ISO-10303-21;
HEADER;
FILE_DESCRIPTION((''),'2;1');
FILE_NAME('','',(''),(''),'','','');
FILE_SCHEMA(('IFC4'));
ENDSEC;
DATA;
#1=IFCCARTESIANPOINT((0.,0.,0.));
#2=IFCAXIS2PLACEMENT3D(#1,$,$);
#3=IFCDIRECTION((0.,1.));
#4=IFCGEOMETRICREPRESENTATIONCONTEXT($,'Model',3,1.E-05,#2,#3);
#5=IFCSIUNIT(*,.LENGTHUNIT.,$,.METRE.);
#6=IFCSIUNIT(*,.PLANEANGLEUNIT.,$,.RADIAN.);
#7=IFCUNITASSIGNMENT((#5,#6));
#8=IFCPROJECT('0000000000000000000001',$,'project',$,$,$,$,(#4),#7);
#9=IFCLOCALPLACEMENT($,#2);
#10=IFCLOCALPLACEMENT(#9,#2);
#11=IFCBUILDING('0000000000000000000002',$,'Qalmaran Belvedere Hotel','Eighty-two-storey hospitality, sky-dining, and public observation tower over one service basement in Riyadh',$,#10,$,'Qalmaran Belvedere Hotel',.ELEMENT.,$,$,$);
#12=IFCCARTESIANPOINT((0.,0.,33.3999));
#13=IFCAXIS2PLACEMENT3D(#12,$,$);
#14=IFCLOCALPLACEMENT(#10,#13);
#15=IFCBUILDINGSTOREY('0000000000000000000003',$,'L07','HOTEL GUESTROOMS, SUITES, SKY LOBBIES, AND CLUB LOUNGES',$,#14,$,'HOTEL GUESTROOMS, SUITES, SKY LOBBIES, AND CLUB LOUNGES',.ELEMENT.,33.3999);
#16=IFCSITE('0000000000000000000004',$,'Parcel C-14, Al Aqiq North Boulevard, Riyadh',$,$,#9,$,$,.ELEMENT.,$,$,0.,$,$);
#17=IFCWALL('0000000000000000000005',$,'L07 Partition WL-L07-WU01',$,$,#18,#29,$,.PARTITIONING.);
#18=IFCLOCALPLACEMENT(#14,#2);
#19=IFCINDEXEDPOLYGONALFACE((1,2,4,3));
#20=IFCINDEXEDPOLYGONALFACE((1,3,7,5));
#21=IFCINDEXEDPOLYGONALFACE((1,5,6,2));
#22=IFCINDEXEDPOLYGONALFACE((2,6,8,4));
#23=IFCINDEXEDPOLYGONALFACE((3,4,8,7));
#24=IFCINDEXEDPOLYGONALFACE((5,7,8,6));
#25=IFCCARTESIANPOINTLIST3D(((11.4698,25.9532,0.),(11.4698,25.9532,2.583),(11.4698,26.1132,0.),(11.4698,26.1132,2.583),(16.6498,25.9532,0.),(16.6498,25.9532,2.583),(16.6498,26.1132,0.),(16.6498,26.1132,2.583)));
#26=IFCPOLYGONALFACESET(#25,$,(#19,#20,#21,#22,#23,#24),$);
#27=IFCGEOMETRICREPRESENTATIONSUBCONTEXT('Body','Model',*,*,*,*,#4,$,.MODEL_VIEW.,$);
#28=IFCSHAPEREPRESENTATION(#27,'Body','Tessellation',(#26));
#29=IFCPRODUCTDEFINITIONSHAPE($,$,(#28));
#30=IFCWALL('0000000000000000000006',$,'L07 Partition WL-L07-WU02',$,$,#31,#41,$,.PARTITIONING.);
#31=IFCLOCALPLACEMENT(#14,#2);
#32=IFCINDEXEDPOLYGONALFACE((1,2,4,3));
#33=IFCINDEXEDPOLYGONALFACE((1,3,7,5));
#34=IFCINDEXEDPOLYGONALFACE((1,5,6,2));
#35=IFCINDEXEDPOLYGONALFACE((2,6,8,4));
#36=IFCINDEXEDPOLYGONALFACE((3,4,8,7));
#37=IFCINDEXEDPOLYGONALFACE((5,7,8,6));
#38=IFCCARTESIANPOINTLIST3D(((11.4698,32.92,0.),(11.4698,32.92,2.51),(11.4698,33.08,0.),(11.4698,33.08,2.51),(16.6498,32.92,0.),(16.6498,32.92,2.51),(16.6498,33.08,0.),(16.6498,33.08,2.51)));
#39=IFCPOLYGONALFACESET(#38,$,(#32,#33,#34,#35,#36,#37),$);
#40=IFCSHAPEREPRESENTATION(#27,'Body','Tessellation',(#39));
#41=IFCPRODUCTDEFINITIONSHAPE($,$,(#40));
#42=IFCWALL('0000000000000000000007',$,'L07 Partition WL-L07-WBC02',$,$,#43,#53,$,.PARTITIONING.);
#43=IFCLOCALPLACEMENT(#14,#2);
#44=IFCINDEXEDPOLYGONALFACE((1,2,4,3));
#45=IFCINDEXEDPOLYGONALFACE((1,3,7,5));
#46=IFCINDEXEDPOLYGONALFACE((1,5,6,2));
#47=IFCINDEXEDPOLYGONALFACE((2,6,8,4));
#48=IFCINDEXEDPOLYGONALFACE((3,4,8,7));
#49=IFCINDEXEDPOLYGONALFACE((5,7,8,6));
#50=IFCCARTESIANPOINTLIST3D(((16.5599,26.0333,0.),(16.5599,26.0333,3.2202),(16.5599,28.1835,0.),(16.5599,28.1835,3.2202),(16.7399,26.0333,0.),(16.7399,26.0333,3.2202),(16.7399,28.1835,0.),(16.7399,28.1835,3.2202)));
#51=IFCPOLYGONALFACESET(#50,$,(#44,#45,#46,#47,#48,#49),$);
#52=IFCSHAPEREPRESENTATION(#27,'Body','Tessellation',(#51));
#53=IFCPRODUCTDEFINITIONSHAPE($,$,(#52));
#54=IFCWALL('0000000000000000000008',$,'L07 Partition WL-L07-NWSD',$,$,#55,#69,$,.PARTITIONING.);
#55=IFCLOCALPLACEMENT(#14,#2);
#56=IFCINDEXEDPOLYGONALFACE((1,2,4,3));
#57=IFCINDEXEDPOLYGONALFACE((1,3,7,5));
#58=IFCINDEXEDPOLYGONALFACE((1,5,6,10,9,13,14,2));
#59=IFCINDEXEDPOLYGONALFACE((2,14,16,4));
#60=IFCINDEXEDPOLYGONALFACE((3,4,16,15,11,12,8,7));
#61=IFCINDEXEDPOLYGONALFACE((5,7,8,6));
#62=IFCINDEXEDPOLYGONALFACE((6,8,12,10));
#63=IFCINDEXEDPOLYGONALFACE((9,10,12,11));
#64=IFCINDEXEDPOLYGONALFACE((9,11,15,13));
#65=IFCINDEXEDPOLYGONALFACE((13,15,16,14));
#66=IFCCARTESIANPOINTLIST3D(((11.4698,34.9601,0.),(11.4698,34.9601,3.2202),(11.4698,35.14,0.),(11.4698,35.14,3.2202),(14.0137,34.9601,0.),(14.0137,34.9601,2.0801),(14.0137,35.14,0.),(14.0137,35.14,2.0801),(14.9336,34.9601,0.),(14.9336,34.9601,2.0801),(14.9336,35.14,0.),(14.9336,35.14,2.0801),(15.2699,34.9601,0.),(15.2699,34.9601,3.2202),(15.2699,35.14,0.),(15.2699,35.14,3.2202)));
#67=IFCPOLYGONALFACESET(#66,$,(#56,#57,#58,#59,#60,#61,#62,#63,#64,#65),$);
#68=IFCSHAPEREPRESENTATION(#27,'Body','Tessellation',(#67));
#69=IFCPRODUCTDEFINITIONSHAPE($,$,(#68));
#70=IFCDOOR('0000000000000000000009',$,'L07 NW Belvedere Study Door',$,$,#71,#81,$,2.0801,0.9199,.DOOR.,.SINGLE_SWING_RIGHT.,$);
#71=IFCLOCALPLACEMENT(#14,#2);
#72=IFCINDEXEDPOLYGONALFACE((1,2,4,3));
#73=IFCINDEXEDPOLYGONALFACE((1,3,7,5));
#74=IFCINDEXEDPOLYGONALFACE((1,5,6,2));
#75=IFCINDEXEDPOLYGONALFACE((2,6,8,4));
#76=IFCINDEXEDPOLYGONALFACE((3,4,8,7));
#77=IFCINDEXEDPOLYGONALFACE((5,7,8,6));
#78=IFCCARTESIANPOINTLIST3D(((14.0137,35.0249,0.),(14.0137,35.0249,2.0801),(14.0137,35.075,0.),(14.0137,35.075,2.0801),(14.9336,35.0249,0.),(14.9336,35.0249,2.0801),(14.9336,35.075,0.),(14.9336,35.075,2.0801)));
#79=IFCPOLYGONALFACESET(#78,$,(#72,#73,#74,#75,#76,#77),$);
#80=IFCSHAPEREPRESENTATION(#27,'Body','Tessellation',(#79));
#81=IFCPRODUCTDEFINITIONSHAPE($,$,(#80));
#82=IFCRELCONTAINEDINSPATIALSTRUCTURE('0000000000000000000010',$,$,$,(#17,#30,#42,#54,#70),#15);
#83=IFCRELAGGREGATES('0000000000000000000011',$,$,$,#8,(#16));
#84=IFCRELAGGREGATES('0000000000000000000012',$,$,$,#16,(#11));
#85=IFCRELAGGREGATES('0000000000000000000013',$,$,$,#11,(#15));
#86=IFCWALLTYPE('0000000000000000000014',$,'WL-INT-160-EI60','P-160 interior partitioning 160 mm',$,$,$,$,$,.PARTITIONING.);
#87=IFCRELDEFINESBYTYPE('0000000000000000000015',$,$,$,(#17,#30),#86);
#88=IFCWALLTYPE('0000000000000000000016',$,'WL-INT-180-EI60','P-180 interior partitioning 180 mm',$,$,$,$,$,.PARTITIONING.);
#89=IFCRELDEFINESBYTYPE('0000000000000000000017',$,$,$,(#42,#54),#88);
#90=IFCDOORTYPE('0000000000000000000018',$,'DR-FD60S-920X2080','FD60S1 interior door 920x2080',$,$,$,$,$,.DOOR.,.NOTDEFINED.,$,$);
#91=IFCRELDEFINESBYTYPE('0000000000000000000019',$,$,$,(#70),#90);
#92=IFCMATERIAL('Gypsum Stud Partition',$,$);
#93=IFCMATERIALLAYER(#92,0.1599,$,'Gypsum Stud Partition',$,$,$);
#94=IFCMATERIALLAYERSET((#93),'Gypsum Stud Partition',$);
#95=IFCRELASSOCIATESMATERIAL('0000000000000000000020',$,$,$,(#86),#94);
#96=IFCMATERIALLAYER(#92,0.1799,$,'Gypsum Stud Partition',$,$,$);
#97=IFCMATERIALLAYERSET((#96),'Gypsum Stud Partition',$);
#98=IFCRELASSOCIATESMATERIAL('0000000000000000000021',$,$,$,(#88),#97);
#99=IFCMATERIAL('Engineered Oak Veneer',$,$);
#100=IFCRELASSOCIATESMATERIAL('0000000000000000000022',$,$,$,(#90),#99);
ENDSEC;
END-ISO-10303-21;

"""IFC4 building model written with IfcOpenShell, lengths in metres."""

from ifc_helpers import new_model, si_unit, direction, frame, frame_2d, origin, place, context, subcontext, project, spatial, rectangle, extrude, material, layer, layer_set, type_object, element, fill, save


model = new_model("IFC4")

# Units and contexts
model_context = context("Model", 3, precision=1e-05, world=origin(), true_north=direction((0.0, 1.0)))
body_context = subcontext(model_context, "Body", "Model", "MODEL_VIEW")
ifc_project = project(units=[si_unit("LENGTHUNIT", "METRE"), si_unit("PLANEANGLEUNIT", "RADIAN")], contexts=[model_context])

# Site, building, storey
site_placement = place(None, origin())
site = spatial("IfcSite", under=ifc_project, at=site_placement, Name="Parcel C-14, Al Aqiq North Boulevard, Riyadh", CompositionType="ELEMENT", RefElevation=0.0)
building_placement = place(site_placement, origin())
building = spatial("IfcBuilding", under=site, at=building_placement, Name="Qalmaran Belvedere Hotel", Description="Eighty-two-storey hospitality, sky-dining, and public observation tower over one service basement in Riyadh", LongName="Qalmaran Belvedere Hotel", CompositionType="ELEMENT")
storey_placement = place(building_placement, frame((0.0, 0.0, 33.3999)))
storey = spatial("IfcBuildingStorey", under=building, at=storey_placement, Name="L07", Description="HOTEL GUESTROOMS, SUITES, SKY LOBBIES, AND CLUB LOUNGES", LongName="HOTEL GUESTROOMS, SUITES, SKY LOBBIES, AND CLUB LOUNGES", CompositionType="ELEMENT", Elevation=33.3999)

# Shared definitions
ifc_material_1 = material(Name="Engineered Oak Veneer")

# Shared definitions
ifc_material_2 = material(Name="Gypsum Stud Partition")

# Walls
ifc_layer_1 = layer(ifc_material_2, 0.1599, Name="Gypsum Stud Partition")
ifc_layer_set_1 = layer_set([ifc_layer_1], Name="Gypsum Stud Partition")
wall_type_1 = type_object("IfcWallType", Name="WL-INT-160-EI60", Description="P-160 interior partitioning 160 mm", PredefinedType="PARTITIONING", material=ifc_layer_set_1)
wall_1_placement = place(storey_placement, frame((11.47, 26.0332, 0.0), z_axis=(0.0, 0.0, 1.0), x_axis=(1.0, 0.0, 0.0)))
element("IfcWall", 1, at=wall_1_placement, inside=storey, type_object=wall_type_1, Name="L07 Partition WL-L07-WU01", PredefinedType="PARTITIONING", context=body_context, shape_type="SweptSolid", body=[
    extrude(rectangle(XDim=5.1799, YDim=0.1599, at=frame_2d((2.5898, 0.0))), origin(), (0.0, 0.0, 1.0), 2.583),
])
wall_2_placement = place(storey_placement, frame((11.47, 33.0, 0.0), z_axis=(0.0, 0.0, 1.0), x_axis=(1.0, 0.0, 0.0)))
element("IfcWall", 2, at=wall_2_placement, inside=storey, type_object=wall_type_1, Name="L07 Partition WL-L07-WU02", PredefinedType="PARTITIONING", context=body_context, shape_type="SweptSolid", body=[
    extrude(rectangle(XDim=5.1799, YDim=0.1599, at=frame_2d((2.5898, 0.0))), origin(), (0.0, 0.0, 1.0), 2.51),
])

# Shared definitions
ifc_layer_2 = layer(ifc_material_2, 0.1799, Name="Gypsum Stud Partition")
ifc_layer_set_2 = layer_set([ifc_layer_2], Name="Gypsum Stud Partition")
wall_type_2 = type_object("IfcWallType", Name="WL-INT-180-EI60", Description="P-180 interior partitioning 180 mm", PredefinedType="PARTITIONING", material=ifc_layer_set_2)

# Wall
wall_3_placement = place(storey_placement, frame((16.6499, 26.0332, 0.0), z_axis=(0.0, 0.0, 1.0), x_axis=(0.0, 1.0, 0.0)))
element("IfcWall", 3, at=wall_3_placement, inside=storey, type_object=wall_type_2, Name="L07 Partition WL-L07-WBC02", PredefinedType="PARTITIONING", context=body_context, shape_type="SweptSolid", body=[
    extrude(rectangle(XDim=2.1501, YDim=0.1799, at=frame_2d((1.0752, 0.0))), origin(), (0.0, 0.0, 1.0), 3.2202),
])

# Wall, opening, door
wall_4_placement = place(storey_placement, frame((11.47, 35.05, 0.0), z_axis=(0.0, 0.0, 1.0), x_axis=(1.0, 0.0, 0.0)))
wall_4 = element("IfcWall", 4, at=wall_4_placement, inside=storey, type_object=wall_type_2, Name="L07 Partition WL-L07-NWSD", PredefinedType="PARTITIONING", context=body_context, shape_type="SweptSolid", body=[
    extrude(rectangle(XDim=3.8, YDim=0.1799, at=frame_2d((1.8999, 0.0))), origin(), (0.0, 0.0, 1.0), 3.2202),
])
opening_1_placement = place(wall_4_placement, frame((2.5437, 0.0, 0.0)))
opening_1 = element("IfcOpeningElement", 5, at=opening_1_placement, cuts=wall_4, PredefinedType="OPENING", context=body_context, shape_type="SweptSolid", body=[
    extrude(rectangle(XDim=0.9199, YDim=2.0801, at=frame_2d((0.46, 1.04))), frame((0.0, 0.1001, 0.0), z_axis=(0.0, -1.0, 0.0), x_axis=(1.0, 0.0, 0.0)), (0.0, 0.0, 1.0), 0.2),
])
door_type_1 = type_object("IfcDoorType", Name="DR-FD60S-920X2080", Description="FD60S1 interior door 920x2080", OperationType="NOTDEFINED", PredefinedType="DOOR", material=ifc_material_1)
door_1_placement = place(opening_1_placement, origin())
door_1 = element("IfcDoor", 6, at=door_1_placement, inside=storey, type_object=door_type_1, Name="L07 NW Belvedere Study Door", OperationType="SINGLE_SWING_RIGHT", OverallHeight=2.0801, OverallWidth=0.9199, PredefinedType="DOOR", context=body_context, shape_type="SweptSolid", body=[
    extrude(rectangle(XDim=0.9199, YDim=2.0801, at=frame_2d((0.46, 1.04))), frame((0.0, 0.0249, 0.0), z_axis=(0.0, -1.0, 0.0), x_axis=(1.0, 0.0, 0.0)), (0.0, 0.0, 1.0), 0.05),
])
fill(opening_1, door_1)

save(model, "model.ifc")
